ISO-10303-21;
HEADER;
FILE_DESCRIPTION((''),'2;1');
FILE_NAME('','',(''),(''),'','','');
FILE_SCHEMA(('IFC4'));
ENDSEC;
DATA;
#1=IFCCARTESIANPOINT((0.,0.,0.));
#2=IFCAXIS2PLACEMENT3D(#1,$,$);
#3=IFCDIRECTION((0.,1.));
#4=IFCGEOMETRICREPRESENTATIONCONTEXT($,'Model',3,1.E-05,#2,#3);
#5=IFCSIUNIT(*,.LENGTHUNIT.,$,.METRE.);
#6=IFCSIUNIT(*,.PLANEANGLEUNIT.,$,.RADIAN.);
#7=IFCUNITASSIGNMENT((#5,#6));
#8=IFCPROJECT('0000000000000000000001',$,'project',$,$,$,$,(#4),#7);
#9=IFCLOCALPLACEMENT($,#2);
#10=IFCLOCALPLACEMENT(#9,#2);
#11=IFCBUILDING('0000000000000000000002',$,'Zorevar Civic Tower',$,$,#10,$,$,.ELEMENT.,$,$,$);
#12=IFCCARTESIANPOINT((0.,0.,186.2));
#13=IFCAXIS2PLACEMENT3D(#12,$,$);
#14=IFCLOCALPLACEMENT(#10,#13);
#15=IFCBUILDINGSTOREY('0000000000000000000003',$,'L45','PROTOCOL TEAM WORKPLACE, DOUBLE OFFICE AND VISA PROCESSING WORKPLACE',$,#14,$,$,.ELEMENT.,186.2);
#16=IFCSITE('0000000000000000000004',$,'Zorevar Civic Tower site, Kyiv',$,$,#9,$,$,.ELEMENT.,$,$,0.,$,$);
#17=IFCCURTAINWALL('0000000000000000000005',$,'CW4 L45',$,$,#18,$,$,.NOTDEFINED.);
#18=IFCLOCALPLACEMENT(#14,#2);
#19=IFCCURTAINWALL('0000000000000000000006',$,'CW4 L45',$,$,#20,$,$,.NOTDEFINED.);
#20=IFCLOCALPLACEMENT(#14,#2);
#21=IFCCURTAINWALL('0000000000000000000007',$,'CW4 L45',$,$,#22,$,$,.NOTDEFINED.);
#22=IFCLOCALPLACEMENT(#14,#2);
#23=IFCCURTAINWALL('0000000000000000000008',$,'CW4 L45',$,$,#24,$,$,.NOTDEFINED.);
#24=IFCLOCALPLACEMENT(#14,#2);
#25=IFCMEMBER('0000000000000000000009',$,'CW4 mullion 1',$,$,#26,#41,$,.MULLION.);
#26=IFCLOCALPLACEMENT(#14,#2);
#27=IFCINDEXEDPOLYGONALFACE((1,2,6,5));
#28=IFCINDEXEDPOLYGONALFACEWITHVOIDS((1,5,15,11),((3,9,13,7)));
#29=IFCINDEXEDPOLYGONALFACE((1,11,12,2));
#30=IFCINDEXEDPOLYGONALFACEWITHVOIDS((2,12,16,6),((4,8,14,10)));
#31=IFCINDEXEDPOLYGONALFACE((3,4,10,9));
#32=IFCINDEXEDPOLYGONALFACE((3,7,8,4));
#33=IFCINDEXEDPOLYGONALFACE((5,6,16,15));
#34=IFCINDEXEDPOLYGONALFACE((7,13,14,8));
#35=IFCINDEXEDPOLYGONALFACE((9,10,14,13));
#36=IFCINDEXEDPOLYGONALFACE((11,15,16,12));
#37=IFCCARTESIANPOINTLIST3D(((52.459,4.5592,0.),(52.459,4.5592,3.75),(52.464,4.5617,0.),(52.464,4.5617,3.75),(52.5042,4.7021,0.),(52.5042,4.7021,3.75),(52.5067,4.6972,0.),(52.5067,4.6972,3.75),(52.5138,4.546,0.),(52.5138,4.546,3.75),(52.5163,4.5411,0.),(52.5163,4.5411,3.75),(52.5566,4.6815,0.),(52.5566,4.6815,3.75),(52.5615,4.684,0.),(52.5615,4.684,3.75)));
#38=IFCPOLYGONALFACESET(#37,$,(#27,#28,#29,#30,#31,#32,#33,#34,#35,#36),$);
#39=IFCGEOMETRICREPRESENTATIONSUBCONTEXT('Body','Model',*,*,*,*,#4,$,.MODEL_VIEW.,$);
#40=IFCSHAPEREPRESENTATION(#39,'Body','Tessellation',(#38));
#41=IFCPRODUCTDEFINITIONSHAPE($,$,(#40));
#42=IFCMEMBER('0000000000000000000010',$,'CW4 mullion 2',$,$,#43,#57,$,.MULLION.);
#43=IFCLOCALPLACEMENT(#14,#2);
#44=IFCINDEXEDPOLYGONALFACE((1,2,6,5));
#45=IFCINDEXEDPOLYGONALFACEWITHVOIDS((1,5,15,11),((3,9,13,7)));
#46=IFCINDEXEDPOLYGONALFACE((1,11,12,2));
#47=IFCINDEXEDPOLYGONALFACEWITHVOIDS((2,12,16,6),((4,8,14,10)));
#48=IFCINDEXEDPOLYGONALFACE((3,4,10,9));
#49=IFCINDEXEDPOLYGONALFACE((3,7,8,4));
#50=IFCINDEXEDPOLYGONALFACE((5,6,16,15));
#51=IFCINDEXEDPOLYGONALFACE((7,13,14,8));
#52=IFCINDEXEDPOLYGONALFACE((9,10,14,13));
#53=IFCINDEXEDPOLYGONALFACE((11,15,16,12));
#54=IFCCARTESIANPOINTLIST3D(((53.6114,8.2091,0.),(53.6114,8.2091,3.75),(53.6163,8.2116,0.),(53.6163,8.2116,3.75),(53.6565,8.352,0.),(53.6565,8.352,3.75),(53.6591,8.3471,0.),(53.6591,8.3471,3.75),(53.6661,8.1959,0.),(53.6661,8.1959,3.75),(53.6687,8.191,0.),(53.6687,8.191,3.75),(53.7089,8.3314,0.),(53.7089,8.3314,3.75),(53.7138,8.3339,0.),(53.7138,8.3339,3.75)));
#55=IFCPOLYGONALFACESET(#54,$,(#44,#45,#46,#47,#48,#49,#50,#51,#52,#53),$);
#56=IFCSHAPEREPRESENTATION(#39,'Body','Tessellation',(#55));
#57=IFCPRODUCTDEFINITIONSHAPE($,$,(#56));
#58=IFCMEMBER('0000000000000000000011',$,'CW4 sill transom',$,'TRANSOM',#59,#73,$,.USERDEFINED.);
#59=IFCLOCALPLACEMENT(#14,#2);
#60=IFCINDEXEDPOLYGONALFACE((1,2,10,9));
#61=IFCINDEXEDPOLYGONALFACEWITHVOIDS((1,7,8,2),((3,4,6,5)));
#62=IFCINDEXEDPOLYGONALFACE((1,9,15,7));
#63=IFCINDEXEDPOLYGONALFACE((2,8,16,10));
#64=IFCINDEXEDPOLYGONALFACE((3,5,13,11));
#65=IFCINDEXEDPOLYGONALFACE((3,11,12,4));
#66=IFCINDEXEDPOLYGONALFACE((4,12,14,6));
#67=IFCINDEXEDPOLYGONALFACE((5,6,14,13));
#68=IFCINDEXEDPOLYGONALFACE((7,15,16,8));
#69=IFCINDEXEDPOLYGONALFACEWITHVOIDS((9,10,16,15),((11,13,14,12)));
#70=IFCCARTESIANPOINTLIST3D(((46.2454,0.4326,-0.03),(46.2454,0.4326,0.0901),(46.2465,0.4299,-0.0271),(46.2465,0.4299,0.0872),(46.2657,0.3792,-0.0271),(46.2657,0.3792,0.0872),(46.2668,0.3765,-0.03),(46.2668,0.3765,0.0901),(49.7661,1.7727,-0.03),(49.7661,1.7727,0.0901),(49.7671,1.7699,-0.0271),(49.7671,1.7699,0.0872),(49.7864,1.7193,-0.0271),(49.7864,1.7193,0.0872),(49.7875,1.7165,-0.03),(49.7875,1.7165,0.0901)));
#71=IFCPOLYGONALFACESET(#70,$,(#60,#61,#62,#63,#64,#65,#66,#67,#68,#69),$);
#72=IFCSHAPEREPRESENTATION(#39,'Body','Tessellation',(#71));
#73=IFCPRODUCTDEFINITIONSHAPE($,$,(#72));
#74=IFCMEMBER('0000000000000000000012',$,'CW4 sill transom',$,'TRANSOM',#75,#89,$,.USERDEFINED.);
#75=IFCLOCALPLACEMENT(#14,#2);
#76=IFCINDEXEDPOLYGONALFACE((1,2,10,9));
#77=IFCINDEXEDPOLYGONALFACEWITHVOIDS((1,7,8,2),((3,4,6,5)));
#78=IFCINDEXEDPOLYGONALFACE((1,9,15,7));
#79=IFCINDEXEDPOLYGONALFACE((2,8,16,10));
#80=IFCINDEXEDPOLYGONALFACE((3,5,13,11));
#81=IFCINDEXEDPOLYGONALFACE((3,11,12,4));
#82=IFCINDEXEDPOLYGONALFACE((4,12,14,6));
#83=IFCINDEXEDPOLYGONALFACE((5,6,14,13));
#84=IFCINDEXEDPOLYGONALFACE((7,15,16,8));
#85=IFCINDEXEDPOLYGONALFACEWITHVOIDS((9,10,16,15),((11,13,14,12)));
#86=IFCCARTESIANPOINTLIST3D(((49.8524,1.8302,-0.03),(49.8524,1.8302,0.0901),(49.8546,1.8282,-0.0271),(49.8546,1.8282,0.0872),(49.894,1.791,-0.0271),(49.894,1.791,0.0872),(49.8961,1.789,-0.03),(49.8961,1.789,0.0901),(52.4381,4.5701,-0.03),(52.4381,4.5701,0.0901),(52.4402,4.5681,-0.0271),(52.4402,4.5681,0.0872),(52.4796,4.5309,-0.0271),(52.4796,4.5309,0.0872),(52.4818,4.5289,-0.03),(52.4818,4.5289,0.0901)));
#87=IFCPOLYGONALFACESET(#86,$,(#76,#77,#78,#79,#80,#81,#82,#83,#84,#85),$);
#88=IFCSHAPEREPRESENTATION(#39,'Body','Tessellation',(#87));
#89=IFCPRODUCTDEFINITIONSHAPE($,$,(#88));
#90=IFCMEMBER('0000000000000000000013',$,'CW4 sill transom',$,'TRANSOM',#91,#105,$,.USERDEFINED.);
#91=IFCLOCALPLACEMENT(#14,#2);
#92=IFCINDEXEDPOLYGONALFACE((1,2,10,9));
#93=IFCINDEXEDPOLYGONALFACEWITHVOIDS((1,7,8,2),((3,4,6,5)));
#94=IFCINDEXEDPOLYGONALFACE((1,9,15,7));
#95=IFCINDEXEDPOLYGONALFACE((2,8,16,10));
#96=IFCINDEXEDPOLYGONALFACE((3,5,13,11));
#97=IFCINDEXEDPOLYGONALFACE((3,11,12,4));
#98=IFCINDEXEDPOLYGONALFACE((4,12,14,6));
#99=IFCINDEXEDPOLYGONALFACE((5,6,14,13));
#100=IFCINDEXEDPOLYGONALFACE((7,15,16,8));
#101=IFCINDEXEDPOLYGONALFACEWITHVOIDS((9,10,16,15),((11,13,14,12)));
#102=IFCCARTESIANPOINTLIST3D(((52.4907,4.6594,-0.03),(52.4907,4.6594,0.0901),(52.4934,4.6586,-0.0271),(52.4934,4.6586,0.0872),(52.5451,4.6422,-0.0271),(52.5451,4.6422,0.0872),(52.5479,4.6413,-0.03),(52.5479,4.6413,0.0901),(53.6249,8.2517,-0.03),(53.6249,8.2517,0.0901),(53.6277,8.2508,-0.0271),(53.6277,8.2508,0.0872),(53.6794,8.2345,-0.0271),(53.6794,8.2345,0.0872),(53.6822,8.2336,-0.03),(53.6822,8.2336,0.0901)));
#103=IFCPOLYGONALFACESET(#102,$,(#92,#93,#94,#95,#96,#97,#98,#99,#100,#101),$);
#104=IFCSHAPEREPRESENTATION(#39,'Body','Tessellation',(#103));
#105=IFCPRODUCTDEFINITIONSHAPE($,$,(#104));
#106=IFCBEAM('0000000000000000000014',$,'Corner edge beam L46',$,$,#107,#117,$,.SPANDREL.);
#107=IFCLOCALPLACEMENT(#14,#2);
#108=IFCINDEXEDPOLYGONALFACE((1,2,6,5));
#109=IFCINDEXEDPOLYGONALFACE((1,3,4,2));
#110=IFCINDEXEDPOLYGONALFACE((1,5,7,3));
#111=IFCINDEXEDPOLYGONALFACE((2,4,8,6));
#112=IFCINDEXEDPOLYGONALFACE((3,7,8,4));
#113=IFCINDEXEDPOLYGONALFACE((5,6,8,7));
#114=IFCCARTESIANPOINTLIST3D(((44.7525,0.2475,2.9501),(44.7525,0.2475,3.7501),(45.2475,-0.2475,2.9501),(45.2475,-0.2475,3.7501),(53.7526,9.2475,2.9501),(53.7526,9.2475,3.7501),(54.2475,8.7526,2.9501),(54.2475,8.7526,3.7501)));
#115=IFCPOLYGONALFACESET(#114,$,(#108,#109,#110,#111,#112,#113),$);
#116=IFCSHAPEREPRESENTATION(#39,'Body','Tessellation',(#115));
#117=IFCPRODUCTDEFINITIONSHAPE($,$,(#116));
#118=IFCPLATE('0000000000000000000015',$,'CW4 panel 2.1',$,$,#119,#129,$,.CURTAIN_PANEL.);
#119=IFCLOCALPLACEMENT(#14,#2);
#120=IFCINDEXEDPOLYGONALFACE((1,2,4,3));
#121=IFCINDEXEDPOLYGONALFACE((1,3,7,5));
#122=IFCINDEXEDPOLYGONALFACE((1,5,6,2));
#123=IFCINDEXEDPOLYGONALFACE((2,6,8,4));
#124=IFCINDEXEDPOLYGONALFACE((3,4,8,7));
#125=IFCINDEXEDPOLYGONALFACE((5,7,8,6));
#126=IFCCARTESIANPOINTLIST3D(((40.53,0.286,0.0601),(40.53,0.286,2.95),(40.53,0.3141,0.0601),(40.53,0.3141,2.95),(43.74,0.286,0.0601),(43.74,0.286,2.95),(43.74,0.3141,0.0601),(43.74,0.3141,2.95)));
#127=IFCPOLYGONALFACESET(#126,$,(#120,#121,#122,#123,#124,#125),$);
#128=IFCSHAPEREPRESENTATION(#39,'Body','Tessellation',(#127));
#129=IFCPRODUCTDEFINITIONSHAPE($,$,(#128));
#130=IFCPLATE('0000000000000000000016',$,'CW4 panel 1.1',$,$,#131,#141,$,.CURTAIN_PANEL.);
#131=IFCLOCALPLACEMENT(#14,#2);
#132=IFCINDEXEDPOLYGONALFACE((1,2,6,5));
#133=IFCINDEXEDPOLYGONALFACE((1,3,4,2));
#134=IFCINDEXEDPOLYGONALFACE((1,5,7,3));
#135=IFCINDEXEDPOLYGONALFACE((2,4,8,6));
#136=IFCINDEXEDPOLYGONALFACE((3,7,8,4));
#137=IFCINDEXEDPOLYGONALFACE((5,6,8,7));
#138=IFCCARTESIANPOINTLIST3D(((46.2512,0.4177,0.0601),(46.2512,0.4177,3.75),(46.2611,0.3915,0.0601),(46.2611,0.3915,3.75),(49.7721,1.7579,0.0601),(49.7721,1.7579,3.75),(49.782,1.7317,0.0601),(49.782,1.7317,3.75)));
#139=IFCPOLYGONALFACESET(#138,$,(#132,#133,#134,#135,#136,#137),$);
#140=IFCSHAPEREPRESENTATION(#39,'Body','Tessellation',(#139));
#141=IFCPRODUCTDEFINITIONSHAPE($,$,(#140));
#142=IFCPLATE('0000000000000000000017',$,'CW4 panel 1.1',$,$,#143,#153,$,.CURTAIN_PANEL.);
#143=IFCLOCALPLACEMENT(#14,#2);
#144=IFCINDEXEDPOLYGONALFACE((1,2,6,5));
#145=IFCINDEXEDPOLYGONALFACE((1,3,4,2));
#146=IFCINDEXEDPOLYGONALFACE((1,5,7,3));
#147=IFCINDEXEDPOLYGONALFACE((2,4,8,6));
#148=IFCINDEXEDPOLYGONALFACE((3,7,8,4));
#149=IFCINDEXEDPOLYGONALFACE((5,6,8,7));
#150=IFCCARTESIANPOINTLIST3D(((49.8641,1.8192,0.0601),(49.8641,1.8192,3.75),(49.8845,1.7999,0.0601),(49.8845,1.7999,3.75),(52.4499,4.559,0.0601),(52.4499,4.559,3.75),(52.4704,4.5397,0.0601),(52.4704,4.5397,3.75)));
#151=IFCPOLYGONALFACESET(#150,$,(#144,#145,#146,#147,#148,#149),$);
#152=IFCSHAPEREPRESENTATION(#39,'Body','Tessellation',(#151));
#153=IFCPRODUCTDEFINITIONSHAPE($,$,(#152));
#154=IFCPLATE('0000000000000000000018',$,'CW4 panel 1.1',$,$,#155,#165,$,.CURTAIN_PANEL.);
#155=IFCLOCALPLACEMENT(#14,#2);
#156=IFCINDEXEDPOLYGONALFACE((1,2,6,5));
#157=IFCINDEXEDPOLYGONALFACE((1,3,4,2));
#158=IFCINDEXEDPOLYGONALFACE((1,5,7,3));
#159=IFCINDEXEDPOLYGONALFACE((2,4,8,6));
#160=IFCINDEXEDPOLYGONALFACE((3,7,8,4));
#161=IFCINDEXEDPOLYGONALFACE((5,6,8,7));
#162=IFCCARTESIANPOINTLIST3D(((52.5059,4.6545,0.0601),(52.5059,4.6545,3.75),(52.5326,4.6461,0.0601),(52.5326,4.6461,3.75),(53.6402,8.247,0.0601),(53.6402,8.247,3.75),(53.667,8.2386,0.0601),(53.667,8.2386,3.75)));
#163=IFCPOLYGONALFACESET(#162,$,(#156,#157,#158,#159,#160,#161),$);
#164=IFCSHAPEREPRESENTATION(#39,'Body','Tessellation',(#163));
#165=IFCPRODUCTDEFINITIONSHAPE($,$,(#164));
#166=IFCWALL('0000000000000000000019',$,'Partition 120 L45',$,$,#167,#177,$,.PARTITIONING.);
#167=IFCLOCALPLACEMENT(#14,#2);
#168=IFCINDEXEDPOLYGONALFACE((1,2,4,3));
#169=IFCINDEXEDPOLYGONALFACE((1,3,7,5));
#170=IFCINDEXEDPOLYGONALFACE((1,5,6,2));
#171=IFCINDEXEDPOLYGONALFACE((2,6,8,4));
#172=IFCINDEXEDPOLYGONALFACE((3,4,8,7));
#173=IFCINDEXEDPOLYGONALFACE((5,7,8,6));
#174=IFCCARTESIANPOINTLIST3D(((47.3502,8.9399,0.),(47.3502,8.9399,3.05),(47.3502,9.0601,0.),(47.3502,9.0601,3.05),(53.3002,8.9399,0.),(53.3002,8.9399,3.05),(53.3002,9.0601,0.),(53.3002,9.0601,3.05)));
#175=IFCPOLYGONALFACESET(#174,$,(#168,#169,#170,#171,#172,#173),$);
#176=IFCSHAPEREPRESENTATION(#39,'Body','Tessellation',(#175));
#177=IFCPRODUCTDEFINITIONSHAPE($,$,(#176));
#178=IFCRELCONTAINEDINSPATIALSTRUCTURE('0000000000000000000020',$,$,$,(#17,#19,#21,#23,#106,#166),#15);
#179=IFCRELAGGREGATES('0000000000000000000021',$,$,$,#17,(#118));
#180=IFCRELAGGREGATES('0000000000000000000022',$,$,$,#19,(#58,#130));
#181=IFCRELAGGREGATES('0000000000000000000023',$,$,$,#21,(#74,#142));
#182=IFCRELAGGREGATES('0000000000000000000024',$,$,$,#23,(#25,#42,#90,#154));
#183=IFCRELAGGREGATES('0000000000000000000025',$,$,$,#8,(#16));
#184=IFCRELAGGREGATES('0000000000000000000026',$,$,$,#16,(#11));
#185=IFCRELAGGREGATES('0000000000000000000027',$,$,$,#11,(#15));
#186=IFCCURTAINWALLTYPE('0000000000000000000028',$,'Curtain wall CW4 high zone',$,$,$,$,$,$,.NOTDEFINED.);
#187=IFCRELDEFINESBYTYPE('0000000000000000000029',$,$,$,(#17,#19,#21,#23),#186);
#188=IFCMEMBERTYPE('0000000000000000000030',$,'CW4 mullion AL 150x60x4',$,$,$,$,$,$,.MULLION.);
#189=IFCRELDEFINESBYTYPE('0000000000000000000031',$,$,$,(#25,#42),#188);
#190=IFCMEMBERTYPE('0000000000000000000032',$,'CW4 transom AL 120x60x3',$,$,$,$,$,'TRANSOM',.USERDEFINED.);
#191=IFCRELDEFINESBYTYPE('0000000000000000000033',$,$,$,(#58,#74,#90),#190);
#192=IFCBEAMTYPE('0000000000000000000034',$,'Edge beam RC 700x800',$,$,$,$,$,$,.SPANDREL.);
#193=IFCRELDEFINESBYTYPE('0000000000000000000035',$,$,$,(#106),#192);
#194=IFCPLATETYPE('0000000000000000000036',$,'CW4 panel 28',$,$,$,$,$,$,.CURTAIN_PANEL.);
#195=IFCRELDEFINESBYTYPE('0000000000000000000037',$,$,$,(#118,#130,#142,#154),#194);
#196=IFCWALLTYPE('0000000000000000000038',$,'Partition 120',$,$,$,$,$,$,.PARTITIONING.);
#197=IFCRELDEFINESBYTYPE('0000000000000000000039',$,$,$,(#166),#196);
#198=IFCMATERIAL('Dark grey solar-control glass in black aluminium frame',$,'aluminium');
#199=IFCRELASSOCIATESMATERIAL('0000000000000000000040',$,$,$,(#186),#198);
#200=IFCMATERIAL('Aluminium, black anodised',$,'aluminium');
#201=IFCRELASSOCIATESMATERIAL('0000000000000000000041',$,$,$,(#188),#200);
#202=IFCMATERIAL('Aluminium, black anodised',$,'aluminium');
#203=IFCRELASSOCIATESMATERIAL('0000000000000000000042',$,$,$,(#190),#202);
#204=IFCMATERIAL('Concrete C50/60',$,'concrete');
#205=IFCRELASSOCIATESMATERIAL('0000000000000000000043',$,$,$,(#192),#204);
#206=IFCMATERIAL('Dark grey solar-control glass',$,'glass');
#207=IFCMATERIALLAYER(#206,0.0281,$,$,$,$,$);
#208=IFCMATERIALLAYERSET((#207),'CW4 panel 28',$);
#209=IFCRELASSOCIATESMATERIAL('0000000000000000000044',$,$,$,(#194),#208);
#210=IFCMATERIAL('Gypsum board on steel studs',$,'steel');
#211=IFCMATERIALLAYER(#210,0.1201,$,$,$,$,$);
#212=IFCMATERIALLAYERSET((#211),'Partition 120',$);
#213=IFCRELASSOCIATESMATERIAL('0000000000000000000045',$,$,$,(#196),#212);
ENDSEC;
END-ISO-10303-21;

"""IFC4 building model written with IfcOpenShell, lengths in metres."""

from ifc_helpers import new_model, si_unit, direction, frame, frame_2d, origin, origin_2d, place, context, subcontext, project, spatial, rectangle, hollow_rectangle, extrude, material, layer, layer_set, material_profile, profile_set, type_object, element, aggregate, save


model = new_model("IFC4")

# Units and contexts
model_context = context("Model", 3, precision=1e-05, world=origin(), true_north=direction((0.0, 1.0)))
body_context = subcontext(model_context, "Body", "Model", "MODEL_VIEW")
ifc_project = project(units=[si_unit("LENGTHUNIT", "METRE"), si_unit("PLANEANGLEUNIT", "RADIAN")], contexts=[model_context])

# Site, building, storey
site_placement = place(None, origin())
site = spatial("IfcSite", under=ifc_project, at=site_placement, Name="Zorevar Civic Tower site, Kyiv", CompositionType="ELEMENT", RefElevation=0.0)
building_placement = place(site_placement, origin())
building = spatial("IfcBuilding", under=site, at=building_placement, Name="Zorevar Civic Tower", CompositionType="ELEMENT")
storey_placement = place(building_placement, frame((0.0, 0.0, 186.2)))
storey = spatial("IfcBuildingStorey", under=building, at=storey_placement, Name="L45", Description="PROTOCOL TEAM WORKPLACE, DOUBLE OFFICE AND VISA PROCESSING WORKPLACE", CompositionType="ELEMENT", Elevation=186.2)

# Curtain walls, members
ifc_material_1 = material(Name="Dark grey solar-control glass in black aluminium frame", Category="aluminium")
curtain_wall_type = type_object("IfcCurtainWallType", Name="Curtain wall CW4 high zone", PredefinedType="NOTDEFINED", material=ifc_material_1)
curtain_wall_1_placement = place(storey_placement, origin())
curtain_wall_1 = element("IfcCurtainWall", 1, at=curtain_wall_1_placement, inside=storey, type_object=curtain_wall_type, Name="CW4 L45", PredefinedType="NOTDEFINED")
ifc_material_2 = material(Name="Aluminium, black anodised", Category="aluminium")
ifc_material_profile_1 = material_profile(ifc_material_2, hollow_rectangle(XDim=0.0601, YDim=0.1499, WallThickness=0.0039, at=origin_2d()), Name="AL 150x60x4")
ifc_profile_set_1 = profile_set([ifc_material_profile_1], Name="Aluminium, black anodised")
member_type_1 = type_object("IfcMemberType", Name="CW4 mullion AL 150x60x4", PredefinedType="MULLION", material=ifc_profile_set_1)
curtain_wall_2_placement = place(storey_placement, origin())
curtain_wall_2 = element("IfcCurtainWall", 2, at=curtain_wall_2_placement, inside=storey, type_object=curtain_wall_type, Name="CW4 L45", PredefinedType="NOTDEFINED")
curtain_wall_3_placement = place(storey_placement, origin())
curtain_wall_3 = element("IfcCurtainWall", 3, at=curtain_wall_3_placement, inside=storey, type_object=curtain_wall_type, Name="CW4 L45", PredefinedType="NOTDEFINED")
curtain_wall_4_placement = place(storey_placement, origin())
curtain_wall_4 = element("IfcCurtainWall", 4, at=curtain_wall_4_placement, inside=storey, type_object=curtain_wall_type, Name="CW4 L45", PredefinedType="NOTDEFINED")
member_1_placement = place(storey_placement, frame((52.5103, 4.6216, 0.0), z_axis=(0.0, 0.0, 1.0), x_axis=(-0.95359, 0.301108, 0.0)))
member_1 = element("IfcMember", 5, at=member_1_placement, type_object=member_type_1, Name="CW4 mullion 1", PredefinedType="MULLION", context=body_context, shape_type="SweptSolid", body=[
    extrude(hollow_rectangle(XDim=0.0601, YDim=0.1499, WallThickness=0.0039, at=origin_2d()), origin(), (0.0, 0.0, 1.0), 3.75),
])
member_2_placement = place(storey_placement, frame((53.6626, 8.2715, 0.0), z_axis=(0.0, 0.0, 1.0), x_axis=(-0.95359, 0.301108, 0.0)))
member_2 = element("IfcMember", 6, at=member_2_placement, type_object=member_type_1, Name="CW4 mullion 2", PredefinedType="MULLION", context=body_context, shape_type="SweptSolid", body=[
    extrude(hollow_rectangle(XDim=0.0601, YDim=0.1499, WallThickness=0.0039, at=origin_2d()), origin(), (0.0, 0.0, 1.0), 3.75),
])

# Members
ifc_material_3 = material(Name="Aluminium, black anodised", Category="aluminium")
ifc_material_profile_2 = material_profile(ifc_material_3, hollow_rectangle(XDim=0.0601, YDim=0.1201, WallThickness=0.0029, at=origin_2d()), Name="AL 120x60x3")
ifc_profile_set_2 = profile_set([ifc_material_profile_2], Name="Aluminium, black anodised")
member_type_2 = type_object("IfcMemberType", Name="CW4 transom AL 120x60x3", ElementType="TRANSOM", PredefinedType="USERDEFINED", material=ifc_profile_set_2)
member_3_placement = place(storey_placement, frame((46.2561, 0.4045, 0.03), z_axis=(0.934589, 0.355729, 0.0), x_axis=(-0.355729, 0.934589, 0.0)))
member_3 = element("IfcMember", 7, at=member_3_placement, type_object=member_type_2, Name="CW4 sill transom", ObjectType="TRANSOM", PredefinedType="USERDEFINED", context=body_context, shape_type="SweptSolid", body=[
    extrude(hollow_rectangle(XDim=0.0601, YDim=0.1201, WallThickness=0.0029, at=origin_2d()), origin(), (0.0, 0.0, 1.0), 3.7671),
])
member_4_placement = place(storey_placement, frame((49.8743, 1.8096, 0.03), z_axis=(0.686332, 0.727288, 0.0), x_axis=(-0.727288, 0.686332, 0.0)))
member_4 = element("IfcMember", 8, at=member_4_placement, type_object=member_type_2, Name="CW4 sill transom", ObjectType="TRANSOM", PredefinedType="USERDEFINED", context=body_context, shape_type="SweptSolid", body=[
    extrude(hollow_rectangle(XDim=0.0601, YDim=0.1201, WallThickness=0.0029, at=origin_2d()), origin(), (0.0, 0.0, 1.0), 3.7673),
])
member_5_placement = place(storey_placement, frame((52.5193, 4.6504, 0.03), z_axis=(0.3011, 0.953592, 0.0), x_axis=(-0.953592, 0.3011, 0.0)))
member_5 = element("IfcMember", 9, at=member_5_placement, type_object=member_type_2, Name="CW4 sill transom", ObjectType="TRANSOM", PredefinedType="USERDEFINED", context=body_context, shape_type="SweptSolid", body=[
    extrude(hollow_rectangle(XDim=0.0601, YDim=0.1201, WallThickness=0.0029, at=origin_2d()), origin(), (0.0, 0.0, 1.0), 3.7671),
])

# Beam
ifc_material_4 = material(Name="Concrete C50/60", Category="concrete")
ifc_material_profile_3 = material_profile(ifc_material_4, rectangle(XDim=0.7, YDim=0.8, at=origin_2d()), Name="RC 700x800")
ifc_profile_set_3 = profile_set([ifc_material_profile_3], Name="Concrete C50/60")
beam_type_1 = type_object("IfcBeamType", Name="Edge beam RC 700x800", PredefinedType="SPANDREL", material=ifc_profile_set_3)
beam_1_placement = place(storey_placement, frame((45.0, 0.0, 3.3501), z_axis=(0.707107, 0.707107, 0.0), x_axis=(-0.707107, 0.707107, 0.0)))
element("IfcBeam", 10, at=beam_1_placement, inside=storey, type_object=beam_type_1, Name="Corner edge beam L46", PredefinedType="SPANDREL", context=body_context, shape_type="SweptSolid", body=[
    extrude(rectangle(XDim=0.7, YDim=0.8, at=origin_2d()), origin(), (0.0, 0.0, 1.0), 12.728),
])

# Plates
ifc_material_5 = material(Name="Dark grey solar-control glass", Category="glass")
ifc_layer_1 = layer(ifc_material_5, 0.0281)
ifc_layer_set_1 = layer_set([ifc_layer_1], Name="CW4 panel 28")
plate_type = type_object("IfcPlateType", Name="CW4 panel 28", PredefinedType="CURTAIN_PANEL", material=ifc_layer_set_1)
plate_1_placement = place(storey_placement, frame((42.135, 0.3, 0.0601), z_axis=(0.0, 0.0, 1.0), x_axis=(1.0, 0.0, 0.0)))
plate_1 = element("IfcPlate", 11, at=plate_1_placement, type_object=plate_type, Name="CW4 panel 2.1", PredefinedType="CURTAIN_PANEL", context=body_context, shape_type="SweptSolid", body=[
    extrude(rectangle(XDim=3.21, YDim=0.0281, at=origin_2d()), origin(), (0.0, 0.0, 1.0), 2.8899),
])
aggregate(curtain_wall_1, [plate_1])
plate_2_placement = place(storey_placement, frame((48.0166, 1.0747, 0.0601), z_axis=(0.0, 0.0, 1.0), x_axis=(0.934588, 0.355731, 0.0)))
plate_2 = element("IfcPlate", 12, at=plate_2_placement, type_object=plate_type, Name="CW4 panel 1.1", PredefinedType="CURTAIN_PANEL", context=body_context, shape_type="SweptSolid", body=[
    extrude(rectangle(XDim=3.7673, YDim=0.0281, at=origin_2d()), origin(), (0.0, 0.0, 1.0), 3.6899),
])
aggregate(curtain_wall_2, [member_3, plate_2])
plate_3_placement = place(storey_placement, frame((51.1672, 3.1794, 0.0601), z_axis=(0.0, 0.0, 1.0), x_axis=(0.686378, 0.727245, 0.0)))
plate_3 = element("IfcPlate", 13, at=plate_3_placement, type_object=plate_type, Name="CW4 panel 1.1", PredefinedType="CURTAIN_PANEL", context=body_context, shape_type="SweptSolid", body=[
    extrude(rectangle(XDim=3.7673, YDim=0.0281, at=origin_2d()), origin(), (0.0, 0.0, 1.0), 3.6899),
])
aggregate(curtain_wall_3, [member_4, plate_3])
plate_4_placement = place(storey_placement, frame((53.0864, 6.4465, 0.0601), z_axis=(0.0, 0.0, 1.0), x_axis=(0.301108, 0.95359, 0.0)))
plate_4 = element("IfcPlate", 14, at=plate_4_placement, type_object=plate_type, Name="CW4 panel 1.1", PredefinedType="CURTAIN_PANEL", context=body_context, shape_type="SweptSolid", body=[
    extrude(rectangle(XDim=3.7673, YDim=0.0281, at=origin_2d()), origin(), (0.0, 0.0, 1.0), 3.6899),
])
aggregate(curtain_wall_4, [member_1, member_2, member_5, plate_4])

# Wall
ifc_material_6 = material(Name="Gypsum board on steel studs", Category="steel")
ifc_layer_2 = layer(ifc_material_6, 0.1201)
ifc_layer_set_2 = layer_set([ifc_layer_2], Name="Partition 120")
wall_type = type_object("IfcWallType", Name="Partition 120", PredefinedType="PARTITIONING", material=ifc_layer_set_2)
wall_1_placement = place(storey_placement, frame((47.3501, 9.0, 0.0), z_axis=(0.0, 0.0, 1.0), x_axis=(1.0, 0.0, 0.0)))
element("IfcWall", 15, at=wall_1_placement, inside=storey, type_object=wall_type, Name="Partition 120 L45", PredefinedType="PARTITIONING", context=body_context, shape_type="SweptSolid", body=[
    extrude(rectangle(XDim=5.95, YDim=0.1201, at=frame_2d((2.9751, 0.0))), origin(), (0.0, 0.0, 1.0), 3.05),
])

save(model, "model.ifc")
